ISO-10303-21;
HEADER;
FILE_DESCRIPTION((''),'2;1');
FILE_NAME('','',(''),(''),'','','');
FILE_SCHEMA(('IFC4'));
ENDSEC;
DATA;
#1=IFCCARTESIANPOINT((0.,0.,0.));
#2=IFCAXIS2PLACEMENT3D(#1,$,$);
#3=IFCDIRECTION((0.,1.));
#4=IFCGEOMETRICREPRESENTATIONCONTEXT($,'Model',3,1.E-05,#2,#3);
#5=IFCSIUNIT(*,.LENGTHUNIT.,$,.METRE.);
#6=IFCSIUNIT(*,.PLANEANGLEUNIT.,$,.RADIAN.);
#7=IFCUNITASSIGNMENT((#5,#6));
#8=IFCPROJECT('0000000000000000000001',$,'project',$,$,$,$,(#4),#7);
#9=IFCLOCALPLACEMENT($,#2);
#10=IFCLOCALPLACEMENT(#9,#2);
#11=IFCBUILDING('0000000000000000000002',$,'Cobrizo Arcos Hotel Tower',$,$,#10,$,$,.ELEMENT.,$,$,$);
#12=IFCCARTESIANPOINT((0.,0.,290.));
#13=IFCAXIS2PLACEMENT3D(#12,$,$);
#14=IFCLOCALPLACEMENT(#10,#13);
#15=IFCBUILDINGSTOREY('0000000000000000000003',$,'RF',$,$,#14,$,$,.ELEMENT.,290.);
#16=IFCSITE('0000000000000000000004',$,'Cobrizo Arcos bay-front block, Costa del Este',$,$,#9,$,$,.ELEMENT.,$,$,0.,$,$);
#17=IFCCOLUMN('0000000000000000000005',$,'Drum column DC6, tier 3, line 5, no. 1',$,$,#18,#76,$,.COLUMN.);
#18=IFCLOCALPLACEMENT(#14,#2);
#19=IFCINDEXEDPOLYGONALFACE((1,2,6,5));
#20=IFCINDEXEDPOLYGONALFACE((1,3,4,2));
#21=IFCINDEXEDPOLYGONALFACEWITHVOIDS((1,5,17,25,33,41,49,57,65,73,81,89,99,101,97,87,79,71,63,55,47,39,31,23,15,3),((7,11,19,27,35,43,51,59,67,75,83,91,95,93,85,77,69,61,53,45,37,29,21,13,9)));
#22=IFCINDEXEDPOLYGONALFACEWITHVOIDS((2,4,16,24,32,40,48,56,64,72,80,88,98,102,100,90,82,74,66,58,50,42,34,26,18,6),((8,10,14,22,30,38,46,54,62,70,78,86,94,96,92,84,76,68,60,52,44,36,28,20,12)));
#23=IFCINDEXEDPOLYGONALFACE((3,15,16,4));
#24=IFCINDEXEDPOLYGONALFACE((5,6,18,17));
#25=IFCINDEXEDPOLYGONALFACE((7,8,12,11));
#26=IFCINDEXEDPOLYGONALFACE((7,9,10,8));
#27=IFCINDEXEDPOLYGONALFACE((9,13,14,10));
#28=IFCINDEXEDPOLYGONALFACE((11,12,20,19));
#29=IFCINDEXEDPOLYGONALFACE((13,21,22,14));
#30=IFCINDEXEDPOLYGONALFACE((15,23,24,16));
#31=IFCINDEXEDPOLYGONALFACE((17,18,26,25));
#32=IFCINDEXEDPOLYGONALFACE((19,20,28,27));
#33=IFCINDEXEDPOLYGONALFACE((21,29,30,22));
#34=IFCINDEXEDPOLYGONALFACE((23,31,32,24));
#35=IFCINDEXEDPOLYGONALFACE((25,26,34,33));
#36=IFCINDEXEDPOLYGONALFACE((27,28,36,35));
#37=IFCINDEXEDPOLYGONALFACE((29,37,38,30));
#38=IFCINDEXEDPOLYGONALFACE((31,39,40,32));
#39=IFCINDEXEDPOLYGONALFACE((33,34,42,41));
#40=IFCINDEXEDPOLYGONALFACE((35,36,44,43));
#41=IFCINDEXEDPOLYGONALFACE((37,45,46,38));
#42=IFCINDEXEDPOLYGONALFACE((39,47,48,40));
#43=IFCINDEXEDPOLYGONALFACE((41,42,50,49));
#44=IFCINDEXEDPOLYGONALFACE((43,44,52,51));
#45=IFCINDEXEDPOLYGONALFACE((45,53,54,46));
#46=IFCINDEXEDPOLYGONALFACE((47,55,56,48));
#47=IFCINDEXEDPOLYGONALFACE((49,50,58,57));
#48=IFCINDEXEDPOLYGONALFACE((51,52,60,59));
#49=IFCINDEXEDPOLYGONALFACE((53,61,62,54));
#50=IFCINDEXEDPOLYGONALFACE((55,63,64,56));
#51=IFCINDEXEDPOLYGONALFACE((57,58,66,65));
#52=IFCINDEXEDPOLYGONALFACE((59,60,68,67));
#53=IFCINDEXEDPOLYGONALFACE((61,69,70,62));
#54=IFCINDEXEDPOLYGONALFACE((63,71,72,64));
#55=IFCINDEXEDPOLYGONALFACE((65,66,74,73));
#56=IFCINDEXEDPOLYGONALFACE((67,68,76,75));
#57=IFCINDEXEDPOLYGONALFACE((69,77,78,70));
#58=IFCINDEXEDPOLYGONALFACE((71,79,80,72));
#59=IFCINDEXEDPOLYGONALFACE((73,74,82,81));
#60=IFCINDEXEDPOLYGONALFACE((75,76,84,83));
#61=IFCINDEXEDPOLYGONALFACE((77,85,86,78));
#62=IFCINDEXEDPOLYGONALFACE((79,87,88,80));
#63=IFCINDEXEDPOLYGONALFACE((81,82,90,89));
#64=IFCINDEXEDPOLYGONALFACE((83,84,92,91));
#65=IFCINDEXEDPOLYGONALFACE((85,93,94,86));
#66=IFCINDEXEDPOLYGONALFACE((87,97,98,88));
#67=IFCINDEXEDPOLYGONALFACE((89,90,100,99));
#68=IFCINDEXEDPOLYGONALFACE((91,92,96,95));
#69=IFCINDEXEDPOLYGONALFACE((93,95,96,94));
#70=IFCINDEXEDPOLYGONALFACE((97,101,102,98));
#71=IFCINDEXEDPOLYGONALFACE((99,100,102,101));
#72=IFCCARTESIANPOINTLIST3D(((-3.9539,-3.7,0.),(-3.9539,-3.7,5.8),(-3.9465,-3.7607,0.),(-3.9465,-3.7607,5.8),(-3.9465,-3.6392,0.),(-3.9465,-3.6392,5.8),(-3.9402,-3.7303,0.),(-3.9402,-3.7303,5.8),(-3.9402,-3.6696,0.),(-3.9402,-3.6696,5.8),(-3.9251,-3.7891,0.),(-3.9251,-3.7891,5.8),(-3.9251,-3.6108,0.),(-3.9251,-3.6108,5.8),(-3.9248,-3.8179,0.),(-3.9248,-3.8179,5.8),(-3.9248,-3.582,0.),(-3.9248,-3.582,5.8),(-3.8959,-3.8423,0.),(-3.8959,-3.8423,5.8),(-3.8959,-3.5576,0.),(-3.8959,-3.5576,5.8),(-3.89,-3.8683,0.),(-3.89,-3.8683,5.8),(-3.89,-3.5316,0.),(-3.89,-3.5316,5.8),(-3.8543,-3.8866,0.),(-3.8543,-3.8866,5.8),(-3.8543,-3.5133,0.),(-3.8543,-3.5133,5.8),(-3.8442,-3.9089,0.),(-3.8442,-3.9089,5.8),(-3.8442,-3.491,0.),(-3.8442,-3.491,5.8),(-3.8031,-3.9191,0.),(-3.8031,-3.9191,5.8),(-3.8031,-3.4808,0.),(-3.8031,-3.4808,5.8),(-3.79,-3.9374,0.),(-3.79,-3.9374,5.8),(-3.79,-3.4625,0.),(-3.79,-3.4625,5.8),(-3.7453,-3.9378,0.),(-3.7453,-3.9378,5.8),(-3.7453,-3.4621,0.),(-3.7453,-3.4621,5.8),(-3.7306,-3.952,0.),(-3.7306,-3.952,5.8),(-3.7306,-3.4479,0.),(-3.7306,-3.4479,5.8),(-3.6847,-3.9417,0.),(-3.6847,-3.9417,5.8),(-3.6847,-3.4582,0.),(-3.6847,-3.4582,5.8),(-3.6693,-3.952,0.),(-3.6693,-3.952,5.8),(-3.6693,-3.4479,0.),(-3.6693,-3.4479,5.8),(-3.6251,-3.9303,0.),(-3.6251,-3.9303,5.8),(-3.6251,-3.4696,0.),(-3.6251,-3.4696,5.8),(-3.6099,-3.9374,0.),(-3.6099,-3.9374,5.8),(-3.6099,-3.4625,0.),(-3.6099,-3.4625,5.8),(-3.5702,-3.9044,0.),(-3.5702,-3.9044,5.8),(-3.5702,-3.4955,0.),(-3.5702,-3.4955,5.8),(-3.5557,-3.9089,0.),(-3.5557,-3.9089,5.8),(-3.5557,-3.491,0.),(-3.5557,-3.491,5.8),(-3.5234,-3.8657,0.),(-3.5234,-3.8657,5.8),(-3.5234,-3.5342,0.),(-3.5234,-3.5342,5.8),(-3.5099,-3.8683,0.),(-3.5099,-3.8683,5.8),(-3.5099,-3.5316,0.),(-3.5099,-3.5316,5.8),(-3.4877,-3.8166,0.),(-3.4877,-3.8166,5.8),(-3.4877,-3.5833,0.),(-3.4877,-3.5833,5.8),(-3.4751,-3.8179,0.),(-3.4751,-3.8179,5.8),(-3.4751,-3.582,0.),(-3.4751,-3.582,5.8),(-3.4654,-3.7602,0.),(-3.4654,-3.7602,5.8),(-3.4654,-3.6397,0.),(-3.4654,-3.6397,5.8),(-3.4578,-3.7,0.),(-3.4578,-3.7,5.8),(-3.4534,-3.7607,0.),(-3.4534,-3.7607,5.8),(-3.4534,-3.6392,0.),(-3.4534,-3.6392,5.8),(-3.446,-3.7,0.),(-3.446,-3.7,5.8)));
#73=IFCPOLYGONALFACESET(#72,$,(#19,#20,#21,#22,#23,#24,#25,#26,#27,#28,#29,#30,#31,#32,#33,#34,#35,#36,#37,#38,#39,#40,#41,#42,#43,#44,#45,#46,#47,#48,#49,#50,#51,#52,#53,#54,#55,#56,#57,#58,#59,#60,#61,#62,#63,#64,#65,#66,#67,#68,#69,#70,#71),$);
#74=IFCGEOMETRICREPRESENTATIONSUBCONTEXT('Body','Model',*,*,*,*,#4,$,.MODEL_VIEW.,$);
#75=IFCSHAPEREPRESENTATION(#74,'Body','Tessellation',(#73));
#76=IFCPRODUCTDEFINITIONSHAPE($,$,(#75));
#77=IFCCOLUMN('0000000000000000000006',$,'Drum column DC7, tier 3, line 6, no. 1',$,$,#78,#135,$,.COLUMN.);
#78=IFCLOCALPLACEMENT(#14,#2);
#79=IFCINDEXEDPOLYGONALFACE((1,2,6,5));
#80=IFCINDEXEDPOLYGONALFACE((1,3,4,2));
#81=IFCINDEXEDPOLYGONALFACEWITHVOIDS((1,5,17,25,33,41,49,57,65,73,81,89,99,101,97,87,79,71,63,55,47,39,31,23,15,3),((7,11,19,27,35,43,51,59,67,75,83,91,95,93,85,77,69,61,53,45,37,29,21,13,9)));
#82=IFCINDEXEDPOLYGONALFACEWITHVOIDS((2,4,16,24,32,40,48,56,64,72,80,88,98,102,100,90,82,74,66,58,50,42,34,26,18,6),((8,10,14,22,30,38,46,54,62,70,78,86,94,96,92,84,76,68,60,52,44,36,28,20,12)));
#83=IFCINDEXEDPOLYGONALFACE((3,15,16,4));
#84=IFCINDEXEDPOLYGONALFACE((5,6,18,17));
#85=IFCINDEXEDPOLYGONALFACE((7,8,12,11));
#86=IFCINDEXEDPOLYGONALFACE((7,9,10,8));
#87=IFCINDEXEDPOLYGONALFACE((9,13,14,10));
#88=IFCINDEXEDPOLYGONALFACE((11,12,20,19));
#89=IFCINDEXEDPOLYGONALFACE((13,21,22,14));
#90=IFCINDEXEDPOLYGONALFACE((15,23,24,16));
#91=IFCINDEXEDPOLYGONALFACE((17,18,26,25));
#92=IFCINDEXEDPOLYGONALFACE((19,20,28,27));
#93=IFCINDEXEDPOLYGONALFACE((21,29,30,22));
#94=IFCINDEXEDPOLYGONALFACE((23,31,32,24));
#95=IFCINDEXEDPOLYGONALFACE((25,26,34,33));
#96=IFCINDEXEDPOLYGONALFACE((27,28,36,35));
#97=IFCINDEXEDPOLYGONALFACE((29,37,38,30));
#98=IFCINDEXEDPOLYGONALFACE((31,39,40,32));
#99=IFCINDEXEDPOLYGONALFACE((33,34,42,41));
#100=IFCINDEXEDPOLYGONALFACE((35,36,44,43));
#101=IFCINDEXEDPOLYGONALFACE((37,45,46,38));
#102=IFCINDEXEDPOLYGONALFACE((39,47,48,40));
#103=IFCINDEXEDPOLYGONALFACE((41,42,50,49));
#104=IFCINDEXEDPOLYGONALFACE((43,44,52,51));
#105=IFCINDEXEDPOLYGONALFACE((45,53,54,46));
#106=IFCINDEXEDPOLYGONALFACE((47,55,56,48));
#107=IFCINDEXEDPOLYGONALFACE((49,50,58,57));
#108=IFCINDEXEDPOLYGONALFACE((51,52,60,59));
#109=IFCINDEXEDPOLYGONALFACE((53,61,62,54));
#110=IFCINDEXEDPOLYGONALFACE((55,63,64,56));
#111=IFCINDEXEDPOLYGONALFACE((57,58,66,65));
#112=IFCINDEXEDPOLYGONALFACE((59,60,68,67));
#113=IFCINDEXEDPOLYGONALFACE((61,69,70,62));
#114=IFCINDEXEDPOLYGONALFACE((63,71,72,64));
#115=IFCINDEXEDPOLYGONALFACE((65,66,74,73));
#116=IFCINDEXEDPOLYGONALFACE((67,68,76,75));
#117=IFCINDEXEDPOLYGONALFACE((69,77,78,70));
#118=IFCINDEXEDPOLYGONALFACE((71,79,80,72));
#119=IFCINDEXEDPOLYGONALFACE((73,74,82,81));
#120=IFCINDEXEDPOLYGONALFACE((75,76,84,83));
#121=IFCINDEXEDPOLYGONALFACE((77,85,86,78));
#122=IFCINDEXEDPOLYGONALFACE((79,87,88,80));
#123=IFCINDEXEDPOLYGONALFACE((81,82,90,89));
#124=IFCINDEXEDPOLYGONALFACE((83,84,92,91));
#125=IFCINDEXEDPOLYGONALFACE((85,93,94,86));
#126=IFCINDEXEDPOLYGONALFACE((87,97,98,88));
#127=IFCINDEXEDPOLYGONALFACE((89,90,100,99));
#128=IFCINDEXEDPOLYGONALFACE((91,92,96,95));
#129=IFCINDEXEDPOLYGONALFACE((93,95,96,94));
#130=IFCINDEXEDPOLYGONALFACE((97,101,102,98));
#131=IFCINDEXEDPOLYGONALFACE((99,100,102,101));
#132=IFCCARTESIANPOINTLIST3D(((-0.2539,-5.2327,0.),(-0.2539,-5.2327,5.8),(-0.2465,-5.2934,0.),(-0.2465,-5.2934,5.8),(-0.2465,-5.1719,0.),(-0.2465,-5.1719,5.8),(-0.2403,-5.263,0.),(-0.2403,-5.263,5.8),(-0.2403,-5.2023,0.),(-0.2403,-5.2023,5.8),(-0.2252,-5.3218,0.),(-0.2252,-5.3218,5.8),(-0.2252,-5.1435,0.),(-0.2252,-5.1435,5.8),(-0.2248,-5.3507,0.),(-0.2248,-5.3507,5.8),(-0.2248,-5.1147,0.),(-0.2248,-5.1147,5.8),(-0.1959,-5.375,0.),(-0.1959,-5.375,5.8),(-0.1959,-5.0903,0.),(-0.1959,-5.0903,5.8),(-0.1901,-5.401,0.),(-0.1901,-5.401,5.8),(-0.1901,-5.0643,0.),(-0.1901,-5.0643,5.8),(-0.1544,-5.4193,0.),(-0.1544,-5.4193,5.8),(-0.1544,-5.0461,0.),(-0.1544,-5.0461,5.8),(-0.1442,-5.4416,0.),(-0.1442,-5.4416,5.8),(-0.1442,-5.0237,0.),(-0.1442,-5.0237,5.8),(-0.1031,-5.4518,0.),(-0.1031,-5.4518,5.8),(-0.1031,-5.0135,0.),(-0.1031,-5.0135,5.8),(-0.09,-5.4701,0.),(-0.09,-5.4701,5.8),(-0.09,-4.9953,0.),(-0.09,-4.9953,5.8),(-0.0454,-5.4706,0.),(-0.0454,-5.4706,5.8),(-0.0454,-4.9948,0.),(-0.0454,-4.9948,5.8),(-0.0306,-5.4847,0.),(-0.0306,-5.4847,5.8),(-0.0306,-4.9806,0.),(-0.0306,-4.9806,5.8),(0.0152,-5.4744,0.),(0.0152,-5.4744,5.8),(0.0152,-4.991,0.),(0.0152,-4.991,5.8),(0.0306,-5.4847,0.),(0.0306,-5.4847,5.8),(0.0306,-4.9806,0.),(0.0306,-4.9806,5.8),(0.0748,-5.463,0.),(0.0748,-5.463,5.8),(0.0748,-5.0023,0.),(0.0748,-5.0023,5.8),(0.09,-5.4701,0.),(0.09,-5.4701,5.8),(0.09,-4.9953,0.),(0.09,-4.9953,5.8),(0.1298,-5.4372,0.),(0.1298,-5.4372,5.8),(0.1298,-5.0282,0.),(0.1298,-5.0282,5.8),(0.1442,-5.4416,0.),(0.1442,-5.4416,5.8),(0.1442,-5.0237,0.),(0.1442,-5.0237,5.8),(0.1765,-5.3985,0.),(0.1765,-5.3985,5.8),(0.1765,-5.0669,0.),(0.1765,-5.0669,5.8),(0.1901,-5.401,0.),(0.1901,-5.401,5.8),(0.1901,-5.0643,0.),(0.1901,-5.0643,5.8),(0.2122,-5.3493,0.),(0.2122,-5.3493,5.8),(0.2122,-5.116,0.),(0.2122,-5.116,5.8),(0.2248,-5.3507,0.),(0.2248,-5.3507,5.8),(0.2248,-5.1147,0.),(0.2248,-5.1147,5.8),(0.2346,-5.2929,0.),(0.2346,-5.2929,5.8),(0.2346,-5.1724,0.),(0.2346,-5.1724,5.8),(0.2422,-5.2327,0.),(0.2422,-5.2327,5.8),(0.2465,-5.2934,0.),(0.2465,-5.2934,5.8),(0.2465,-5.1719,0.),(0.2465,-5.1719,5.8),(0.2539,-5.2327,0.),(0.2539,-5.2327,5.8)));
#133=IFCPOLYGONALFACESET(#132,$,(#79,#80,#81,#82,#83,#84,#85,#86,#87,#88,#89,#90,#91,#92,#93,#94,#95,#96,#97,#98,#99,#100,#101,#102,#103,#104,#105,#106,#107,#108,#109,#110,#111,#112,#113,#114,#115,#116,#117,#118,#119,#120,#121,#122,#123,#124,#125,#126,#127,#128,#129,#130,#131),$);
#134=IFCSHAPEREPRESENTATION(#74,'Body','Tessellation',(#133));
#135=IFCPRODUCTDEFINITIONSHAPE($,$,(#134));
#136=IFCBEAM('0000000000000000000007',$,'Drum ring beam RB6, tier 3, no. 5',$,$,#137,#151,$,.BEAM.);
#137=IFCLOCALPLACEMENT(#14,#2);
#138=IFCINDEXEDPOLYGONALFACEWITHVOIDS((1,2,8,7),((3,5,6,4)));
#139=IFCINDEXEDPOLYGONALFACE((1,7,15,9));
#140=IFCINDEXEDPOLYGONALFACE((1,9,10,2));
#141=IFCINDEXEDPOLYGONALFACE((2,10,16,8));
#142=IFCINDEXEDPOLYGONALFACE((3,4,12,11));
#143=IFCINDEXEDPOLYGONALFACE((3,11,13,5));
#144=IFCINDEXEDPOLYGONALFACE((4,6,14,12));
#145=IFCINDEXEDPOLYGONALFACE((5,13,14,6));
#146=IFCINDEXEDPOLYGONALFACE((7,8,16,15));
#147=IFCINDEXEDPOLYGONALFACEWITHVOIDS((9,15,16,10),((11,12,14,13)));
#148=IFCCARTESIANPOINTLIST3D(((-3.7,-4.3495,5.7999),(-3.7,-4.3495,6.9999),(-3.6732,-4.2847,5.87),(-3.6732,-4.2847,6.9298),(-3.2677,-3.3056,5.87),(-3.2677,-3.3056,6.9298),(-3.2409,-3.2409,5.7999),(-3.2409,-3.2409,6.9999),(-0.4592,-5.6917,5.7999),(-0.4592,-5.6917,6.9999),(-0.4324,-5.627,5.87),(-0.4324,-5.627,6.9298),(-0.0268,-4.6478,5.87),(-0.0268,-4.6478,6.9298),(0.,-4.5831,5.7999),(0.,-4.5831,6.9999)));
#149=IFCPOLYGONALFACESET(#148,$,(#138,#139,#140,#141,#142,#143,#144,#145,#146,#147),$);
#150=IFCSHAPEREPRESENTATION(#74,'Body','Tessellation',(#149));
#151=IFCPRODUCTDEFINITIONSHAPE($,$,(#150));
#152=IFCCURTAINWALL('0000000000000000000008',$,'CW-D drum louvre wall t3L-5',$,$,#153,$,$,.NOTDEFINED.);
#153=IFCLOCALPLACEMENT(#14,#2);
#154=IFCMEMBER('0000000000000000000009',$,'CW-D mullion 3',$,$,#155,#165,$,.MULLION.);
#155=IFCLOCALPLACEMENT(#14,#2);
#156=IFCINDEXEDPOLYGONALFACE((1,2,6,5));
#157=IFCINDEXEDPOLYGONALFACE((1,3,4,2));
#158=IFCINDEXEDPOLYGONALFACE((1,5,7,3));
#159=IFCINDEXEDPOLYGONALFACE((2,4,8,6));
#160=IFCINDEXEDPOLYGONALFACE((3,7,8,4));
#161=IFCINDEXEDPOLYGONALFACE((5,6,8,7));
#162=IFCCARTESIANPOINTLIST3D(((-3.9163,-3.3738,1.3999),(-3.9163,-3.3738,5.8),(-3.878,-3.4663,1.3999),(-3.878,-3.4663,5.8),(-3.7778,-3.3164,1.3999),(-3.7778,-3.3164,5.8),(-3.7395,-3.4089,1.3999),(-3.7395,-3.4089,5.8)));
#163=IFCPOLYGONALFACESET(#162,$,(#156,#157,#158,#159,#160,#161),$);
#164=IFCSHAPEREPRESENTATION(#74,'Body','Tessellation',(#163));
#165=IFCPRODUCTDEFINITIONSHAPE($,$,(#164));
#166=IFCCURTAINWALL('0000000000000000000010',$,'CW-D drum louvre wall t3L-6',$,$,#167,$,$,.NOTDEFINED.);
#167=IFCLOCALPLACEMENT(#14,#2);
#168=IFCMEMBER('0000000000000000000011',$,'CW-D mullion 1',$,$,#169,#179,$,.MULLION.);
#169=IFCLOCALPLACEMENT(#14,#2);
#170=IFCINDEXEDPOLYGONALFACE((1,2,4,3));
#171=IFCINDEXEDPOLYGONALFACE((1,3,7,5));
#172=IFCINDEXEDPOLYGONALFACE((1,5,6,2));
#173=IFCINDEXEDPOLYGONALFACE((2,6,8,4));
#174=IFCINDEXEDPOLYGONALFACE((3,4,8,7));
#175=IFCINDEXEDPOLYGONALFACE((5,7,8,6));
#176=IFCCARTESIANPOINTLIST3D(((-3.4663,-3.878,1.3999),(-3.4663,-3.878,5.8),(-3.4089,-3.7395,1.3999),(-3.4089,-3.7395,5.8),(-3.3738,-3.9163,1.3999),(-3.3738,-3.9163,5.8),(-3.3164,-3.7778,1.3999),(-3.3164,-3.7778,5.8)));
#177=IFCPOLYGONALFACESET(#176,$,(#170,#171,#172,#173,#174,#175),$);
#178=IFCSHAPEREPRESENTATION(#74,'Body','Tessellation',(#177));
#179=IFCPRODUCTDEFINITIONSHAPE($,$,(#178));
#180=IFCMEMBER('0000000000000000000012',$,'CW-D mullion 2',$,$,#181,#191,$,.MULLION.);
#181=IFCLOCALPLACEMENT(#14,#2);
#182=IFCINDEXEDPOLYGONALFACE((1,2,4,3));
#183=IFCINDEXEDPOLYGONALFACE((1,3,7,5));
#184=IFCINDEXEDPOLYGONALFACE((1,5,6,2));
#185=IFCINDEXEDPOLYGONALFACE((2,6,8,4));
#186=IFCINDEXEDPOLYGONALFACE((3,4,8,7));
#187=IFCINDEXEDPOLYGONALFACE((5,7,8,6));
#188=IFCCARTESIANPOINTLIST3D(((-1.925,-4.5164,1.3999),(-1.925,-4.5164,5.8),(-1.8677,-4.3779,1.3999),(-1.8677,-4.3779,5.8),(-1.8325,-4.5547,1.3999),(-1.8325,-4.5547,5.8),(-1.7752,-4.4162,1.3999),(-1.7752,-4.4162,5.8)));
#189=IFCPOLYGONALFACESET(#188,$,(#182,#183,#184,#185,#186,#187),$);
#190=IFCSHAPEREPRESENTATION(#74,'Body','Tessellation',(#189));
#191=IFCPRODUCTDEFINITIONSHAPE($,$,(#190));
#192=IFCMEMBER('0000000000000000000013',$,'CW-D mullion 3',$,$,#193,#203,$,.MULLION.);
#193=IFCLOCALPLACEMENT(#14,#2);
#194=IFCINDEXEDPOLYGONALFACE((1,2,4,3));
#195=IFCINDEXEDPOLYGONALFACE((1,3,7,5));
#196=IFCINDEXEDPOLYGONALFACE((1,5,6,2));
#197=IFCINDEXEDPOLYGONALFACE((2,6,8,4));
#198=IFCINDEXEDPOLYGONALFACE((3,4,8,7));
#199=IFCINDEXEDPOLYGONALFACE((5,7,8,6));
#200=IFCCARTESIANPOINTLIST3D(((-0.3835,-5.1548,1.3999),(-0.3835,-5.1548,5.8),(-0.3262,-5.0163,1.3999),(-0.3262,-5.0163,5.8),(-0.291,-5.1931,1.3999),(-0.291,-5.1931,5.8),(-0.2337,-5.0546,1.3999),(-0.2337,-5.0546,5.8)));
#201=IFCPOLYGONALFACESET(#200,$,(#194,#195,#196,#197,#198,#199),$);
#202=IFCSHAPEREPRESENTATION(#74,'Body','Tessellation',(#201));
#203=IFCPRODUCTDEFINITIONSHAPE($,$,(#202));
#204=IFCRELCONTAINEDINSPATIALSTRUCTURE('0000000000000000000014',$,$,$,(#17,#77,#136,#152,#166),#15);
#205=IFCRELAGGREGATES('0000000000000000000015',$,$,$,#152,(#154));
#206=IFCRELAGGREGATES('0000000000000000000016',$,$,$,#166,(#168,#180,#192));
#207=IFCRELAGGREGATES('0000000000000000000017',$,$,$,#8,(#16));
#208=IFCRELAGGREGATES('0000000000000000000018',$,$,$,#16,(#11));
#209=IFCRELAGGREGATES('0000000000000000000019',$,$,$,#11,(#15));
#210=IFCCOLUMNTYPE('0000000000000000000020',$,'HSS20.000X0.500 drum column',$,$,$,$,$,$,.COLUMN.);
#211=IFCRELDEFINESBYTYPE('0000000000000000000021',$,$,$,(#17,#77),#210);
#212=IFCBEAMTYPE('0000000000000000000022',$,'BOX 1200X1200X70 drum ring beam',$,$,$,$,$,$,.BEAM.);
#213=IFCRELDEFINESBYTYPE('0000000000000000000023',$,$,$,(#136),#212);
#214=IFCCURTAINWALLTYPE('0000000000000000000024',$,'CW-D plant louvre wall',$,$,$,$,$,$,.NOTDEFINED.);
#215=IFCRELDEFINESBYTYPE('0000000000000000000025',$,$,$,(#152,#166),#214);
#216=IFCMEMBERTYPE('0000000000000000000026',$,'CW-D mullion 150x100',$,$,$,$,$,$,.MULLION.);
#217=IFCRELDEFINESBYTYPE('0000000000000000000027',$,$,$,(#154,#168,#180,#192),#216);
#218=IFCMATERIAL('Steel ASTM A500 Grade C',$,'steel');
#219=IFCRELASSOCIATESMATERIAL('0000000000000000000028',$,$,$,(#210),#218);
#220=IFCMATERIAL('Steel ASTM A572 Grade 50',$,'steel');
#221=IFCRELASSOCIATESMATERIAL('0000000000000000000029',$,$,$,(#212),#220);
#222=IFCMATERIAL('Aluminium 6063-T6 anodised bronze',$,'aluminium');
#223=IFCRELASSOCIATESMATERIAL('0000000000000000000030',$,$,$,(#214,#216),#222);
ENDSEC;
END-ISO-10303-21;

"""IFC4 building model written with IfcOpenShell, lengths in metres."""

from ifc_helpers import new_model, si_unit, direction, frame, origin, origin_2d, place, context, subcontext, project, spatial, rectangle, hollow_rectangle, hollow_circle, extrude, material, material_profile, profile_set, type_object, element, aggregate, save


model = new_model("IFC4")

# Units and contexts
model_context = context("Model", 3, precision=1e-05, world=origin(), true_north=direction((0.0, 1.0)))
body_context = subcontext(model_context, "Body", "Model", "MODEL_VIEW")
ifc_project = project(units=[si_unit("LENGTHUNIT", "METRE"), si_unit("PLANEANGLEUNIT", "RADIAN")], contexts=[model_context])

# Site, building, storey
site_placement = place(None, origin())
site = spatial("IfcSite", under=ifc_project, at=site_placement, Name="Cobrizo Arcos bay-front block, Costa del Este", CompositionType="ELEMENT", RefElevation=0.0)
building_placement = place(site_placement, origin())
building = spatial("IfcBuilding", under=site, at=building_placement, Name="Cobrizo Arcos Hotel Tower", CompositionType="ELEMENT")
storey_placement = place(building_placement, frame((0.0, 0.0, 290.0)))
storey = spatial("IfcBuildingStorey", under=building, at=storey_placement, Name="RF", CompositionType="ELEMENT", Elevation=290.0)

# Columns
ifc_material_1 = material(Name="Steel ASTM A500 Grade C", Category="steel")
ifc_material_profile_1 = material_profile(ifc_material_1, hollow_circle(Radius=0.2539, WallThickness=0.0117, at=origin_2d()), Name="HSS20.000X0.500")
ifc_profile_set_1 = profile_set([ifc_material_profile_1], Name="Steel ASTM A500 Grade C")
column_type = type_object("IfcColumnType", Name="HSS20.000X0.500 drum column", PredefinedType="COLUMN", material=ifc_profile_set_1)
for number, where, z_axis, x_axis, name in (
    (1, (-3.7, -3.7, 0.0), (0.0, 0.0, 1.0), (1.0, 0.0, 0.0), "Drum column DC6, tier 3, line 5, no. 1"),
    (2, (0.0, -5.2327, 0.0), (0.0, 0.0, 1.0), (1.0, 0.0, 0.0), "Drum column DC7, tier 3, line 6, no. 1"),
):
    element("IfcColumn", number, at=place(storey_placement, frame(where, z_axis=z_axis, x_axis=x_axis)), inside=storey, type_object=column_type, Name=name, PredefinedType="COLUMN", context=body_context, shape_type="SweptSolid", body=[
        extrude(hollow_circle(Radius=0.2539, WallThickness=0.0117, at=origin_2d()), origin(), (0.0, 0.0, 1.0), 5.8),
    ])

# Beam
ifc_material_2 = material(Name="Steel ASTM A572 Grade 50", Category="steel")
ifc_material_profile_2 = material_profile(ifc_material_2, hollow_rectangle(XDim=1.2, YDim=1.2, WallThickness=0.0701, at=origin_2d()), Name="BOX 1200X1200X70")
ifc_profile_set_2 = profile_set([ifc_material_profile_2], Name="Steel ASTM A572 Grade 50")
beam_type = type_object("IfcBeamType", Name="BOX 1200X1200X70 drum ring beam", PredefinedType="BEAM", material=ifc_profile_set_2)
beam_placement = place(storey_placement, frame((-3.4705, -3.7952, 6.3999), z_axis=(0.923896, -0.382643, 0.0), x_axis=(0.382643, 0.923896, 0.0)))
element("IfcBeam", 3, at=beam_placement, inside=storey, type_object=beam_type, Name="Drum ring beam RB6, tier 3, no. 5", PredefinedType="BEAM", context=body_context, shape_type="SweptSolid", body=[
    extrude(hollow_rectangle(XDim=1.2, YDim=1.2, WallThickness=0.0701, at=origin_2d()), origin(), (0.0, 0.0, 1.0), 3.5078),
])

# Curtain wall, member
ifc_material_3 = material(Name="Aluminium 6063-T6 anodised bronze", Category="aluminium")
curtain_wall_type = type_object("IfcCurtainWallType", Name="CW-D plant louvre wall", PredefinedType="NOTDEFINED", material=ifc_material_3)
curtain_wall_1_placement = place(storey_placement, origin())
curtain_wall_1 = element("IfcCurtainWall", 4, at=curtain_wall_1_placement, inside=storey, type_object=curtain_wall_type, Name="CW-D drum louvre wall t3L-5", PredefinedType="NOTDEFINED")
ifc_material_profile_3 = material_profile(ifc_material_3, rectangle(XDim=0.1499, YDim=0.1001, at=origin_2d()), Name="CW-D mullion 150x100")
ifc_profile_set_3 = profile_set([ifc_material_profile_3], Name="Aluminium 6063-T6 anodised bronze")
member_type_1 = type_object("IfcMemberType", Name="CW-D mullion 150x100", PredefinedType="MULLION", material=ifc_profile_set_3)
member_1_placement = place(storey_placement, frame((-3.8279, -3.3914, 1.3999), z_axis=(0.0, 0.0, 1.0), x_axis=(-0.92388, -0.382683, 0.0)))
member_1 = element("IfcMember", 5, at=member_1_placement, type_object=member_type_1, Name="CW-D mullion 3", PredefinedType="MULLION", context=body_context, shape_type="SweptSolid", body=[
    extrude(rectangle(XDim=0.1499, YDim=0.1001, at=origin_2d()), origin(), (0.0, 0.0, 1.0), 4.4001),
])

# Curtain wall, members
curtain_wall_2_placement = place(storey_placement, origin())
curtain_wall_2 = element("IfcCurtainWall", 6, at=curtain_wall_2_placement, inside=storey, type_object=curtain_wall_type, Name="CW-D drum louvre wall t3L-6", PredefinedType="NOTDEFINED")
member_2_placement = place(storey_placement, frame((-3.3914, -3.8279, 1.3999), z_axis=(0.0, 0.0, 1.0), x_axis=(-0.382683, -0.92388, 0.0)))
member_2 = element("IfcMember", 7, at=member_2_placement, type_object=member_type_1, Name="CW-D mullion 1", PredefinedType="MULLION", context=body_context, shape_type="SweptSolid", body=[
    extrude(rectangle(XDim=0.1499, YDim=0.1001, at=origin_2d()), origin(), (0.0, 0.0, 1.0), 4.4001),
])
member_3_placement = place(storey_placement, frame((-1.8501, -4.4663, 1.3999), z_axis=(0.0, 0.0, 1.0), x_axis=(-0.382683, -0.92388, 0.0)))
member_3 = element("IfcMember", 8, at=member_3_placement, type_object=member_type_1, Name="CW-D mullion 2", PredefinedType="MULLION", context=body_context, shape_type="SweptSolid", body=[
    extrude(rectangle(XDim=0.1499, YDim=0.1001, at=origin_2d()), origin(), (0.0, 0.0, 1.0), 4.4001),
])
member_4_placement = place(storey_placement, frame((-0.3086, -5.1047, 1.3999), z_axis=(0.0, 0.0, 1.0), x_axis=(-0.382683, -0.92388, 0.0)))
member_4 = element("IfcMember", 9, at=member_4_placement, type_object=member_type_1, Name="CW-D mullion 3", PredefinedType="MULLION", context=body_context, shape_type="SweptSolid", body=[
    extrude(rectangle(XDim=0.1499, YDim=0.1001, at=origin_2d()), origin(), (0.0, 0.0, 1.0), 4.4001),
])

aggregate(curtain_wall_1, [member_1])
aggregate(curtain_wall_2, [member_2, member_3, member_4])

save(model, "model.ifc")
